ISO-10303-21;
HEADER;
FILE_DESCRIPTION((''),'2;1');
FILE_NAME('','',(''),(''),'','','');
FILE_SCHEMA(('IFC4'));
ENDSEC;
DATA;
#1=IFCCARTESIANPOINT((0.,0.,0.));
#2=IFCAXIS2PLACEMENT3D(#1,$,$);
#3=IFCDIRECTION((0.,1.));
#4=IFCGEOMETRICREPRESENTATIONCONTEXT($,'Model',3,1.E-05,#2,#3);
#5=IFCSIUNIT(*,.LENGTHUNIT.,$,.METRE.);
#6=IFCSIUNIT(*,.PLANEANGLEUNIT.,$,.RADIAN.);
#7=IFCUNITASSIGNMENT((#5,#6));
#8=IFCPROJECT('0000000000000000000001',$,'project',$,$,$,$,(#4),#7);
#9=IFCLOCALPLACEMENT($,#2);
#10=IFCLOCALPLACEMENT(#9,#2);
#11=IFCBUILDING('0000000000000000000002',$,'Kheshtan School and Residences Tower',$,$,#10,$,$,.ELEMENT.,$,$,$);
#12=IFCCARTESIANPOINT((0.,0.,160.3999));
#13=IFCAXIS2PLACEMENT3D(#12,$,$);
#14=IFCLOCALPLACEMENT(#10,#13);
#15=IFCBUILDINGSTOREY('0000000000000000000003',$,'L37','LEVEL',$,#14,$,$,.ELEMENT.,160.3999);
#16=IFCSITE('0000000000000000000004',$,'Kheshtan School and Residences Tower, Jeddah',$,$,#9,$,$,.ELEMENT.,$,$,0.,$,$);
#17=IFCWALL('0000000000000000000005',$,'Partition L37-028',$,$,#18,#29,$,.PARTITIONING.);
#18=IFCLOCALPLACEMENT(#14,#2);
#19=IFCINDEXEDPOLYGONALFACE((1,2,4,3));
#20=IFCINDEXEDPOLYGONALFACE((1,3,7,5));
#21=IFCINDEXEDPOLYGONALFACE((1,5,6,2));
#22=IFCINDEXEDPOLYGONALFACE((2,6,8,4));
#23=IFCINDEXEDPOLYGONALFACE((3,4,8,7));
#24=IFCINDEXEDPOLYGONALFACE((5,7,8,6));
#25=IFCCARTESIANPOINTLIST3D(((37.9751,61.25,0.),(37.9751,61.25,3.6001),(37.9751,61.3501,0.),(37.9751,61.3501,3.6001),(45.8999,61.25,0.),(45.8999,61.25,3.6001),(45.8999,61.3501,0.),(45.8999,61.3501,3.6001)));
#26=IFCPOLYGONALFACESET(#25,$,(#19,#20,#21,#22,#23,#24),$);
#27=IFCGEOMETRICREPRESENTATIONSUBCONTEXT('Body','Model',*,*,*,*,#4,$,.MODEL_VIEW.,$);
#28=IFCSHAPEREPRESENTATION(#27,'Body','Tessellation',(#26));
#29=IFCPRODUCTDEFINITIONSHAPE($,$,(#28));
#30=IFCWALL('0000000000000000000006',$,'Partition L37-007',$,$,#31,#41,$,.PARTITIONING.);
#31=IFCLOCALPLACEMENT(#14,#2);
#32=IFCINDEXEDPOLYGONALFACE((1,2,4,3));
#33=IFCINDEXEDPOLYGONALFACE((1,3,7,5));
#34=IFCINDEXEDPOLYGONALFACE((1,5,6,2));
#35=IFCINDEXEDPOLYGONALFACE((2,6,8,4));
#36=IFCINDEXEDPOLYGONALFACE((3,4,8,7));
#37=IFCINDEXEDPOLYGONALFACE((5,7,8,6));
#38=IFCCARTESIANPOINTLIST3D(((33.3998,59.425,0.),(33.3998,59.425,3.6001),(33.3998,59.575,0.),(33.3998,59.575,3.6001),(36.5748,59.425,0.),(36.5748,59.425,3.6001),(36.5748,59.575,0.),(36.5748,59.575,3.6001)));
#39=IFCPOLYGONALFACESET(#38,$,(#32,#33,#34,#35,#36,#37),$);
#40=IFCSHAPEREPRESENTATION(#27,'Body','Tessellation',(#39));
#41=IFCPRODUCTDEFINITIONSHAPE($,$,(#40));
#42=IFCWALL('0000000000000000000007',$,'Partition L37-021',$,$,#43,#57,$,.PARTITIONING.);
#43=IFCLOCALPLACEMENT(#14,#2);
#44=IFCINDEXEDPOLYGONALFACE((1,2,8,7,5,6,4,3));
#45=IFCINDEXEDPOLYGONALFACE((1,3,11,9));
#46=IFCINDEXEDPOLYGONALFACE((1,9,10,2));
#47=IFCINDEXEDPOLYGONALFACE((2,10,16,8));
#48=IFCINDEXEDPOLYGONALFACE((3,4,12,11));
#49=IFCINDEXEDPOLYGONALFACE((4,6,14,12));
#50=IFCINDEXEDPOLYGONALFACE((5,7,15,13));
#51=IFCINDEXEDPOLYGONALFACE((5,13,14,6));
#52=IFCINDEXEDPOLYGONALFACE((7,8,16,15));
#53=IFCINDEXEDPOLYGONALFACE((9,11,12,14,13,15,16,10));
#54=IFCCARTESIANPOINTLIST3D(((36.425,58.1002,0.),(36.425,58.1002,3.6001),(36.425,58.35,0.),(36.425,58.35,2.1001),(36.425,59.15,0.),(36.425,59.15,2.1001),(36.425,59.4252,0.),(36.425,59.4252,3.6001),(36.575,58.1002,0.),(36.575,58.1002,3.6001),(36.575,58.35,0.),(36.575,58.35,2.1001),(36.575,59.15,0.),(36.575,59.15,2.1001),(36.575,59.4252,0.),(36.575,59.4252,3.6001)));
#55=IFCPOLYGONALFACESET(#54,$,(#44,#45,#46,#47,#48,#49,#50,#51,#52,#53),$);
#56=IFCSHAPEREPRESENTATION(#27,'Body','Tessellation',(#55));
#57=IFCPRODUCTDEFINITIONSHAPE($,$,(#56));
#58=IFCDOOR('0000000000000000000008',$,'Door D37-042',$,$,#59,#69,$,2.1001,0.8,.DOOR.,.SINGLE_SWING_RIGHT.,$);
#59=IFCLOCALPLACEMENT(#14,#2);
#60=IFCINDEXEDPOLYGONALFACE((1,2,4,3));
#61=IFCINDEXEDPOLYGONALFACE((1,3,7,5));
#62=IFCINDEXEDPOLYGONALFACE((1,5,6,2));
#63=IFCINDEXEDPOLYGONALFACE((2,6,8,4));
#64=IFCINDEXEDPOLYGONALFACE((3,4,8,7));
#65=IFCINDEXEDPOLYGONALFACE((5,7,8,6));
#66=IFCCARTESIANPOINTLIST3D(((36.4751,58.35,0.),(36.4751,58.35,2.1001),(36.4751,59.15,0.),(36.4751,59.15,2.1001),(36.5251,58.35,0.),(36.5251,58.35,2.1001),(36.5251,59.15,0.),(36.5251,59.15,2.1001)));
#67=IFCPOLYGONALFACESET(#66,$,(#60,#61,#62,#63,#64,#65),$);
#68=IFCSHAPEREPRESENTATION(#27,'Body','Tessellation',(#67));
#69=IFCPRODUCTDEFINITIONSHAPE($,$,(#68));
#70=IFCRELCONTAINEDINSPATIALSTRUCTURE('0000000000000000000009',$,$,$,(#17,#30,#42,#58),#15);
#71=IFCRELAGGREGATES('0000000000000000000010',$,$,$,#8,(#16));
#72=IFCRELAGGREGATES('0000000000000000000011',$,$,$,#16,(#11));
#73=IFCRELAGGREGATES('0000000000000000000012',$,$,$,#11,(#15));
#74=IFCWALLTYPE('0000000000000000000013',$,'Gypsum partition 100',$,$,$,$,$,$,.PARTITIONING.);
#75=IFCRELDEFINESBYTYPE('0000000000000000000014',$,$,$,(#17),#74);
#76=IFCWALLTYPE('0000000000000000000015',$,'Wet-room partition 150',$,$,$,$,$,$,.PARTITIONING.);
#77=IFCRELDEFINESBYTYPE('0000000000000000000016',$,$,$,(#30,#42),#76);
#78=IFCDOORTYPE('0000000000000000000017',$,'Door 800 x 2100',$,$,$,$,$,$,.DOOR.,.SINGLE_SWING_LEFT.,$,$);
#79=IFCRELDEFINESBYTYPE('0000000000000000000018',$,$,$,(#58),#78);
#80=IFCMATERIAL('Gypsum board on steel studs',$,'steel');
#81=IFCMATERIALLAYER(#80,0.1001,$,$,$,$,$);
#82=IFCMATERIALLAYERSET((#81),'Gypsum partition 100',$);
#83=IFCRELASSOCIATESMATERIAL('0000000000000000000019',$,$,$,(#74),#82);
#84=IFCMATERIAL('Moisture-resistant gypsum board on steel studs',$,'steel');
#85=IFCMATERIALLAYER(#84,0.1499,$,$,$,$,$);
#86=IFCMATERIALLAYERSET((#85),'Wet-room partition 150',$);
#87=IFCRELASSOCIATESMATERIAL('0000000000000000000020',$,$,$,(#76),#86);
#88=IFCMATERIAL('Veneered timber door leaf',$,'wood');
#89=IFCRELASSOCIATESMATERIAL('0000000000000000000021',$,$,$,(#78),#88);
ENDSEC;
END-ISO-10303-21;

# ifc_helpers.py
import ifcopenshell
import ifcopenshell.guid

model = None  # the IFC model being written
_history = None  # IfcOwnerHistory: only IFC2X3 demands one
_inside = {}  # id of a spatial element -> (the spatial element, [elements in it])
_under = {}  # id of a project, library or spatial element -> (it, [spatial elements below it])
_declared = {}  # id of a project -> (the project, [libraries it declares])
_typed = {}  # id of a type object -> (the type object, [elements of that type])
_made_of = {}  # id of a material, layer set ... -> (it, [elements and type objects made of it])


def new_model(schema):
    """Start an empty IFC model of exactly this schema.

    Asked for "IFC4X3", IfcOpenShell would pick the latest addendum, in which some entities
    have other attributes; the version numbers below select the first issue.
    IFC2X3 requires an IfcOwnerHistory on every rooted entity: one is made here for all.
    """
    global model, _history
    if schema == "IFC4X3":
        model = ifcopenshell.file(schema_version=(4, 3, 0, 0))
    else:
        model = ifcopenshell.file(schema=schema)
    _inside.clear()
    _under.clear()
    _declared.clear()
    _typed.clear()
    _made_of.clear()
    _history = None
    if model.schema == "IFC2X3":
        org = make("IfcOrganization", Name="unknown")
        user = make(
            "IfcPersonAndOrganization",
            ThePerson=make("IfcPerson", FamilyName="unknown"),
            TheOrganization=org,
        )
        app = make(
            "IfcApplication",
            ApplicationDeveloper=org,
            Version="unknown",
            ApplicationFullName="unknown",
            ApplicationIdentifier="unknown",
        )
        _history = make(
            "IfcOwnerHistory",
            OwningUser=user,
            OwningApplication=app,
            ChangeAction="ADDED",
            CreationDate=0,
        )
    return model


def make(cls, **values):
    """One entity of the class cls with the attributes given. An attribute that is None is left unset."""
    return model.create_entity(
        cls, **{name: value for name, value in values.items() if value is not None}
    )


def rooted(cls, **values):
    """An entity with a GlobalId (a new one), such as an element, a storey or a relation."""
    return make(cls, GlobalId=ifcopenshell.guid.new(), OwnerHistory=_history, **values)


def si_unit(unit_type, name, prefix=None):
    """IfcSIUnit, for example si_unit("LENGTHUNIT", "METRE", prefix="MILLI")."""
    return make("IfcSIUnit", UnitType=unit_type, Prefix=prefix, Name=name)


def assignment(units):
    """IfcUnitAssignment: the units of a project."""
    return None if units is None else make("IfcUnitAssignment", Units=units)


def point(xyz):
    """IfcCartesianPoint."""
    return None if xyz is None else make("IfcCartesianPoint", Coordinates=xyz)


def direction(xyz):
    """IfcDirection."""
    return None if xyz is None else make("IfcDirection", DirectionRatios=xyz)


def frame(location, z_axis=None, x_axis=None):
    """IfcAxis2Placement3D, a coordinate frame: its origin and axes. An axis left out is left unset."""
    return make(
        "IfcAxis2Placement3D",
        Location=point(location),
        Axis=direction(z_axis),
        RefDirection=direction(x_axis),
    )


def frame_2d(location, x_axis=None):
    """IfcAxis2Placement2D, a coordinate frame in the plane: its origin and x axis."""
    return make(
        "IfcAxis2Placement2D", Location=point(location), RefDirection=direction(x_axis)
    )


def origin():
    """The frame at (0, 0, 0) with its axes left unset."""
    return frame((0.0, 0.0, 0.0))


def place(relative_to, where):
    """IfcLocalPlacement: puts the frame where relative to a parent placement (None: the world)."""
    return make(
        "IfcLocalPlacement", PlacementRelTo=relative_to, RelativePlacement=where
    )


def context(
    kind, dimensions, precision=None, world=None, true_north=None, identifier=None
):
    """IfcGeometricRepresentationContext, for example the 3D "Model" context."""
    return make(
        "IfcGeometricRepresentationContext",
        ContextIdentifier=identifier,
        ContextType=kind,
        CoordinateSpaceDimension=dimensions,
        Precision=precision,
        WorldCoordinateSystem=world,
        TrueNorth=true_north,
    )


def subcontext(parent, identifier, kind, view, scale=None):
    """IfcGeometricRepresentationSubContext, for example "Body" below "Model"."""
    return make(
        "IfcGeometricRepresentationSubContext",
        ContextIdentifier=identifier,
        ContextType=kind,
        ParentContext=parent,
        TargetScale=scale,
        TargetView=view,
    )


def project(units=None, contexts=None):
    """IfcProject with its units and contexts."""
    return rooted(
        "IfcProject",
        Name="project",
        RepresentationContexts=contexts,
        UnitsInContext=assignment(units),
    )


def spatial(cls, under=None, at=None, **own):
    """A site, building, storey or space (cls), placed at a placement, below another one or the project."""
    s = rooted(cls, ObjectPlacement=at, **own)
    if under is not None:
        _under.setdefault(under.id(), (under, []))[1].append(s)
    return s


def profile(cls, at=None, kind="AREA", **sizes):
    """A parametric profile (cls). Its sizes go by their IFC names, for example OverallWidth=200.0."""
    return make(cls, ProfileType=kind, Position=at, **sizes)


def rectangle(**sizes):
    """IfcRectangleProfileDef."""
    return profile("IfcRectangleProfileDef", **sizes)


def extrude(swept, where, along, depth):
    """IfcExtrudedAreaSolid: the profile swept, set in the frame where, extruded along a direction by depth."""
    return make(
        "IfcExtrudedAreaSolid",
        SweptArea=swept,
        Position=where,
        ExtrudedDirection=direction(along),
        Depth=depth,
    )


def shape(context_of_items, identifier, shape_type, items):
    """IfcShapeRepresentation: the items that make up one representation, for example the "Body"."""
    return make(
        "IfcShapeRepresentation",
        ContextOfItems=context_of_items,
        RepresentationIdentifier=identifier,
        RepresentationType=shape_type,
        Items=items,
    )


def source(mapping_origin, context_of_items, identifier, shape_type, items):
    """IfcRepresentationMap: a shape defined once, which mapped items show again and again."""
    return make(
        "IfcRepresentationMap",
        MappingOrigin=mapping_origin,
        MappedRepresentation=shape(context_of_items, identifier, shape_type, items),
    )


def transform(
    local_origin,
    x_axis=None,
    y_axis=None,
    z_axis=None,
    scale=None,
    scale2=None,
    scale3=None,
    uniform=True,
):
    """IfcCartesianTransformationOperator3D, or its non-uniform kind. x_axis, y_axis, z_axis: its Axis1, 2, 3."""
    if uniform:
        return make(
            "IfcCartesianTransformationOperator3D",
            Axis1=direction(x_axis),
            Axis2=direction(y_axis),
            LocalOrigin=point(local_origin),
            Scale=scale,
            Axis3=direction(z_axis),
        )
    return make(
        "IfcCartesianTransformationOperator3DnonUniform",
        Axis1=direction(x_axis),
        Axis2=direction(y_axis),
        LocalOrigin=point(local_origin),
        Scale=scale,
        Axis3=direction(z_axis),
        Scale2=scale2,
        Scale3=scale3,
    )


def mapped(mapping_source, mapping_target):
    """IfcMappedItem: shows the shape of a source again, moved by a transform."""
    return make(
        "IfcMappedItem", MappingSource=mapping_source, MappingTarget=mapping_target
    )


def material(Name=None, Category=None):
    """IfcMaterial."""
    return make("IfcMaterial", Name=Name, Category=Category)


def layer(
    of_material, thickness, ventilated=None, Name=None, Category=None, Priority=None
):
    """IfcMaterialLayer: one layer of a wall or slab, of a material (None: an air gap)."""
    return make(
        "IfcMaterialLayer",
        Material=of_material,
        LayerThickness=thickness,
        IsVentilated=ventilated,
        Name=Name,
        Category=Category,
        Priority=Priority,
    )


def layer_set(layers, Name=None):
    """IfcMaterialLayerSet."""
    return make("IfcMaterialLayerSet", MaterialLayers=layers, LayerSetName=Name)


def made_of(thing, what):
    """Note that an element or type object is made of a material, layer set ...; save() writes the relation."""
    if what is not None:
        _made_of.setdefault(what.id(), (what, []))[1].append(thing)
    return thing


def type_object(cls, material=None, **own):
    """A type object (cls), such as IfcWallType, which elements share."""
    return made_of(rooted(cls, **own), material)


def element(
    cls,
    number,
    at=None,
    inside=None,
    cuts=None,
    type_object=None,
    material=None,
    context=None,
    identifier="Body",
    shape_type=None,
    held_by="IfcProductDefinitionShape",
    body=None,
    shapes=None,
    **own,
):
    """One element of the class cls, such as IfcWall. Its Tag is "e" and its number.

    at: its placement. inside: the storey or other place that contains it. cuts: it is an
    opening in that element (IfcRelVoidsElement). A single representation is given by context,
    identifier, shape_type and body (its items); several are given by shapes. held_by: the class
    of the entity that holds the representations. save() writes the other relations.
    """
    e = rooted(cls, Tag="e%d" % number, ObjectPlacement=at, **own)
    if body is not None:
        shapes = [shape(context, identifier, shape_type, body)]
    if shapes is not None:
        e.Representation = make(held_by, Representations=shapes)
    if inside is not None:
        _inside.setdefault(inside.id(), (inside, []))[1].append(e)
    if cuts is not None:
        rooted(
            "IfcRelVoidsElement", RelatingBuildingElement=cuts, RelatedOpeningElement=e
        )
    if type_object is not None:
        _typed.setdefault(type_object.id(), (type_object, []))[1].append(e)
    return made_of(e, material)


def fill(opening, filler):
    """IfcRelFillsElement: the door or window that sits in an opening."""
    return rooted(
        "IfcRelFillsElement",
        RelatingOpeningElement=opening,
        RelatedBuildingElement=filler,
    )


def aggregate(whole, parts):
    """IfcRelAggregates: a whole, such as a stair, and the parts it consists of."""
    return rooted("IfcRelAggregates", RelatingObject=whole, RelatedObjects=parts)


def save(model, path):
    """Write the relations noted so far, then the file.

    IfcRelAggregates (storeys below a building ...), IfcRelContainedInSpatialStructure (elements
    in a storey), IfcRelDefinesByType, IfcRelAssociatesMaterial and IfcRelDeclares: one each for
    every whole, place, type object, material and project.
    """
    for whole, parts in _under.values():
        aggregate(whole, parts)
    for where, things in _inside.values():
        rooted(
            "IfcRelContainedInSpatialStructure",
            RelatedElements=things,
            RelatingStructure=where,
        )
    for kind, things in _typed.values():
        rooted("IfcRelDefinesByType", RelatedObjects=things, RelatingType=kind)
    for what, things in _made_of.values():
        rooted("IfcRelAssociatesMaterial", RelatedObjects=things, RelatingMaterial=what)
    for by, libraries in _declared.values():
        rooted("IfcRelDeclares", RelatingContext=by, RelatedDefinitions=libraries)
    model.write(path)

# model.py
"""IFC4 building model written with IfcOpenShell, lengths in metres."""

from ifc_helpers import new_model, si_unit, direction, frame, frame_2d, origin, place, context, subcontext, project, spatial, rectangle, extrude, source, transform, mapped, material, layer, layer_set, type_object, element, fill, save


model = new_model("IFC4")

# Units and contexts
model_context = context("Model", 3, precision=1e-05, world=origin(), true_north=direction((0.0, 1.0)))
body_context = subcontext(model_context, "Body", "Model", "MODEL_VIEW")
ifc_project = project(units=[si_unit("LENGTHUNIT", "METRE"), si_unit("PLANEANGLEUNIT", "RADIAN")], contexts=[model_context])

# Site, building, storey
site_placement = place(None, origin())
site = spatial("IfcSite", under=ifc_project, at=site_placement, Name="Kheshtan School and Residences Tower, Jeddah", CompositionType="ELEMENT", RefElevation=0.0)
building_placement = place(site_placement, origin())
building = spatial("IfcBuilding", under=site, at=building_placement, Name="Kheshtan School and Residences Tower", CompositionType="ELEMENT")
storey_placement = place(building_placement, frame((0.0, 0.0, 160.3999)))
storey = spatial("IfcBuildingStorey", under=building, at=storey_placement, Name="L37", Description="LEVEL", CompositionType="ELEMENT", Elevation=160.3999)

# Walls
ifc_material_1 = material(Name="Gypsum board on steel studs", Category="steel")
ifc_layer_1 = layer(ifc_material_1, 0.1001)
ifc_layer_set_1 = layer_set([ifc_layer_1], Name="Gypsum partition 100")
wall_type_1 = type_object("IfcWallType", Name="Gypsum partition 100", PredefinedType="PARTITIONING", material=ifc_layer_set_1)
wall_1_placement = place(storey_placement, frame((37.9751, 61.3, 0.0), z_axis=(0.0, 0.0, 1.0), x_axis=(1.0, 0.0, 0.0)))
element("IfcWall", 1, at=wall_1_placement, inside=storey, type_object=wall_type_1, Name="Partition L37-028", PredefinedType="PARTITIONING", context=body_context, shape_type="SweptSolid", body=[
    extrude(rectangle(XDim=7.9248, YDim=0.1001, at=frame_2d((3.9624, 0.0))), origin(), (0.0, 0.0, 1.0), 3.6001),
])
ifc_material_2 = material(Name="Moisture-resistant gypsum board on steel studs", Category="steel")
ifc_layer_2 = layer(ifc_material_2, 0.1499)
ifc_layer_set_2 = layer_set([ifc_layer_2], Name="Wet-room partition 150")
wall_type_2 = type_object("IfcWallType", Name="Wet-room partition 150", PredefinedType="PARTITIONING", material=ifc_layer_set_2)
wall_2_placement = place(storey_placement, frame((33.3999, 59.5, 0.0), z_axis=(0.0, 0.0, 1.0), x_axis=(1.0, 0.0, 0.0)))
element("IfcWall", 2, at=wall_2_placement, inside=storey, type_object=wall_type_2, Name="Partition L37-007", PredefinedType="PARTITIONING", context=body_context, shape_type="SweptSolid", body=[
    extrude(rectangle(XDim=3.175, YDim=0.1499, at=frame_2d((1.5874, 0.0))), origin(), (0.0, 0.0, 1.0), 3.6001),
])

# Wall, opening, door
wall_3_placement = place(storey_placement, frame((36.5, 58.1001, 0.0), z_axis=(0.0, 0.0, 1.0), x_axis=(0.0, 1.0, 0.0)))
wall_3 = element("IfcWall", 3, at=wall_3_placement, inside=storey, type_object=wall_type_2, Name="Partition L37-021", PredefinedType="PARTITIONING", context=body_context, shape_type="SweptSolid", body=[
    extrude(rectangle(XDim=1.325, YDim=0.1499, at=frame_2d((0.6626, 0.0))), origin(), (0.0, 0.0, 1.0), 3.6001),
])
opening_1_placement = place(wall_3_placement, frame((0.25, 0.0, 0.0)))
opening_1 = element("IfcOpeningElement", 4, at=opening_1_placement, cuts=wall_3, PredefinedType="OPENING", context=body_context, shape_type="SweptSolid", body=[
    extrude(rectangle(XDim=0.8, YDim=2.1001, at=frame_2d((0.3999, 1.05))), frame((0.0, 0.085, 0.0), z_axis=(0.0, -1.0, 0.0), x_axis=(1.0, 0.0, 0.0)), (0.0, 0.0, 1.0), 0.1699),
])
ifc_material_3 = material(Name="Veneered timber door leaf", Category="wood")
door_type_1 = type_object("IfcDoorType", Name="Door 800 x 2100", OperationType="SINGLE_SWING_LEFT", PredefinedType="DOOR", material=ifc_material_3)
shared_shape_1 = source(origin(), body_context, "Body", "SweptSolid", [
    extrude(rectangle(XDim=0.8, YDim=2.1001, at=frame_2d((0.3999, 1.05))), frame((0.0, 0.0249, 0.0), z_axis=(0.0, -1.0, 0.0), x_axis=(1.0, 0.0, 0.0)), (0.0, 0.0, 1.0), 0.05),
])
door_1_placement = place(opening_1_placement, origin())
door_1 = element("IfcDoor", 5, at=door_1_placement, inside=storey, type_object=door_type_1, Name="Door D37-042", OperationType="SINGLE_SWING_RIGHT", OverallHeight=2.1001, OverallWidth=0.8, PredefinedType="DOOR", context=body_context, shape_type="MappedRepresentation", body=[
    mapped(shared_shape_1, transform((0.0, 0.0, 0.0), x_axis=(1.0, 0.0, 0.0), y_axis=(0.0, 1.0, 0.0), z_axis=(0.0, 0.0, 1.0), scale=1.0)),
])
fill(opening_1, door_1)

save(model, "model.ifc")
